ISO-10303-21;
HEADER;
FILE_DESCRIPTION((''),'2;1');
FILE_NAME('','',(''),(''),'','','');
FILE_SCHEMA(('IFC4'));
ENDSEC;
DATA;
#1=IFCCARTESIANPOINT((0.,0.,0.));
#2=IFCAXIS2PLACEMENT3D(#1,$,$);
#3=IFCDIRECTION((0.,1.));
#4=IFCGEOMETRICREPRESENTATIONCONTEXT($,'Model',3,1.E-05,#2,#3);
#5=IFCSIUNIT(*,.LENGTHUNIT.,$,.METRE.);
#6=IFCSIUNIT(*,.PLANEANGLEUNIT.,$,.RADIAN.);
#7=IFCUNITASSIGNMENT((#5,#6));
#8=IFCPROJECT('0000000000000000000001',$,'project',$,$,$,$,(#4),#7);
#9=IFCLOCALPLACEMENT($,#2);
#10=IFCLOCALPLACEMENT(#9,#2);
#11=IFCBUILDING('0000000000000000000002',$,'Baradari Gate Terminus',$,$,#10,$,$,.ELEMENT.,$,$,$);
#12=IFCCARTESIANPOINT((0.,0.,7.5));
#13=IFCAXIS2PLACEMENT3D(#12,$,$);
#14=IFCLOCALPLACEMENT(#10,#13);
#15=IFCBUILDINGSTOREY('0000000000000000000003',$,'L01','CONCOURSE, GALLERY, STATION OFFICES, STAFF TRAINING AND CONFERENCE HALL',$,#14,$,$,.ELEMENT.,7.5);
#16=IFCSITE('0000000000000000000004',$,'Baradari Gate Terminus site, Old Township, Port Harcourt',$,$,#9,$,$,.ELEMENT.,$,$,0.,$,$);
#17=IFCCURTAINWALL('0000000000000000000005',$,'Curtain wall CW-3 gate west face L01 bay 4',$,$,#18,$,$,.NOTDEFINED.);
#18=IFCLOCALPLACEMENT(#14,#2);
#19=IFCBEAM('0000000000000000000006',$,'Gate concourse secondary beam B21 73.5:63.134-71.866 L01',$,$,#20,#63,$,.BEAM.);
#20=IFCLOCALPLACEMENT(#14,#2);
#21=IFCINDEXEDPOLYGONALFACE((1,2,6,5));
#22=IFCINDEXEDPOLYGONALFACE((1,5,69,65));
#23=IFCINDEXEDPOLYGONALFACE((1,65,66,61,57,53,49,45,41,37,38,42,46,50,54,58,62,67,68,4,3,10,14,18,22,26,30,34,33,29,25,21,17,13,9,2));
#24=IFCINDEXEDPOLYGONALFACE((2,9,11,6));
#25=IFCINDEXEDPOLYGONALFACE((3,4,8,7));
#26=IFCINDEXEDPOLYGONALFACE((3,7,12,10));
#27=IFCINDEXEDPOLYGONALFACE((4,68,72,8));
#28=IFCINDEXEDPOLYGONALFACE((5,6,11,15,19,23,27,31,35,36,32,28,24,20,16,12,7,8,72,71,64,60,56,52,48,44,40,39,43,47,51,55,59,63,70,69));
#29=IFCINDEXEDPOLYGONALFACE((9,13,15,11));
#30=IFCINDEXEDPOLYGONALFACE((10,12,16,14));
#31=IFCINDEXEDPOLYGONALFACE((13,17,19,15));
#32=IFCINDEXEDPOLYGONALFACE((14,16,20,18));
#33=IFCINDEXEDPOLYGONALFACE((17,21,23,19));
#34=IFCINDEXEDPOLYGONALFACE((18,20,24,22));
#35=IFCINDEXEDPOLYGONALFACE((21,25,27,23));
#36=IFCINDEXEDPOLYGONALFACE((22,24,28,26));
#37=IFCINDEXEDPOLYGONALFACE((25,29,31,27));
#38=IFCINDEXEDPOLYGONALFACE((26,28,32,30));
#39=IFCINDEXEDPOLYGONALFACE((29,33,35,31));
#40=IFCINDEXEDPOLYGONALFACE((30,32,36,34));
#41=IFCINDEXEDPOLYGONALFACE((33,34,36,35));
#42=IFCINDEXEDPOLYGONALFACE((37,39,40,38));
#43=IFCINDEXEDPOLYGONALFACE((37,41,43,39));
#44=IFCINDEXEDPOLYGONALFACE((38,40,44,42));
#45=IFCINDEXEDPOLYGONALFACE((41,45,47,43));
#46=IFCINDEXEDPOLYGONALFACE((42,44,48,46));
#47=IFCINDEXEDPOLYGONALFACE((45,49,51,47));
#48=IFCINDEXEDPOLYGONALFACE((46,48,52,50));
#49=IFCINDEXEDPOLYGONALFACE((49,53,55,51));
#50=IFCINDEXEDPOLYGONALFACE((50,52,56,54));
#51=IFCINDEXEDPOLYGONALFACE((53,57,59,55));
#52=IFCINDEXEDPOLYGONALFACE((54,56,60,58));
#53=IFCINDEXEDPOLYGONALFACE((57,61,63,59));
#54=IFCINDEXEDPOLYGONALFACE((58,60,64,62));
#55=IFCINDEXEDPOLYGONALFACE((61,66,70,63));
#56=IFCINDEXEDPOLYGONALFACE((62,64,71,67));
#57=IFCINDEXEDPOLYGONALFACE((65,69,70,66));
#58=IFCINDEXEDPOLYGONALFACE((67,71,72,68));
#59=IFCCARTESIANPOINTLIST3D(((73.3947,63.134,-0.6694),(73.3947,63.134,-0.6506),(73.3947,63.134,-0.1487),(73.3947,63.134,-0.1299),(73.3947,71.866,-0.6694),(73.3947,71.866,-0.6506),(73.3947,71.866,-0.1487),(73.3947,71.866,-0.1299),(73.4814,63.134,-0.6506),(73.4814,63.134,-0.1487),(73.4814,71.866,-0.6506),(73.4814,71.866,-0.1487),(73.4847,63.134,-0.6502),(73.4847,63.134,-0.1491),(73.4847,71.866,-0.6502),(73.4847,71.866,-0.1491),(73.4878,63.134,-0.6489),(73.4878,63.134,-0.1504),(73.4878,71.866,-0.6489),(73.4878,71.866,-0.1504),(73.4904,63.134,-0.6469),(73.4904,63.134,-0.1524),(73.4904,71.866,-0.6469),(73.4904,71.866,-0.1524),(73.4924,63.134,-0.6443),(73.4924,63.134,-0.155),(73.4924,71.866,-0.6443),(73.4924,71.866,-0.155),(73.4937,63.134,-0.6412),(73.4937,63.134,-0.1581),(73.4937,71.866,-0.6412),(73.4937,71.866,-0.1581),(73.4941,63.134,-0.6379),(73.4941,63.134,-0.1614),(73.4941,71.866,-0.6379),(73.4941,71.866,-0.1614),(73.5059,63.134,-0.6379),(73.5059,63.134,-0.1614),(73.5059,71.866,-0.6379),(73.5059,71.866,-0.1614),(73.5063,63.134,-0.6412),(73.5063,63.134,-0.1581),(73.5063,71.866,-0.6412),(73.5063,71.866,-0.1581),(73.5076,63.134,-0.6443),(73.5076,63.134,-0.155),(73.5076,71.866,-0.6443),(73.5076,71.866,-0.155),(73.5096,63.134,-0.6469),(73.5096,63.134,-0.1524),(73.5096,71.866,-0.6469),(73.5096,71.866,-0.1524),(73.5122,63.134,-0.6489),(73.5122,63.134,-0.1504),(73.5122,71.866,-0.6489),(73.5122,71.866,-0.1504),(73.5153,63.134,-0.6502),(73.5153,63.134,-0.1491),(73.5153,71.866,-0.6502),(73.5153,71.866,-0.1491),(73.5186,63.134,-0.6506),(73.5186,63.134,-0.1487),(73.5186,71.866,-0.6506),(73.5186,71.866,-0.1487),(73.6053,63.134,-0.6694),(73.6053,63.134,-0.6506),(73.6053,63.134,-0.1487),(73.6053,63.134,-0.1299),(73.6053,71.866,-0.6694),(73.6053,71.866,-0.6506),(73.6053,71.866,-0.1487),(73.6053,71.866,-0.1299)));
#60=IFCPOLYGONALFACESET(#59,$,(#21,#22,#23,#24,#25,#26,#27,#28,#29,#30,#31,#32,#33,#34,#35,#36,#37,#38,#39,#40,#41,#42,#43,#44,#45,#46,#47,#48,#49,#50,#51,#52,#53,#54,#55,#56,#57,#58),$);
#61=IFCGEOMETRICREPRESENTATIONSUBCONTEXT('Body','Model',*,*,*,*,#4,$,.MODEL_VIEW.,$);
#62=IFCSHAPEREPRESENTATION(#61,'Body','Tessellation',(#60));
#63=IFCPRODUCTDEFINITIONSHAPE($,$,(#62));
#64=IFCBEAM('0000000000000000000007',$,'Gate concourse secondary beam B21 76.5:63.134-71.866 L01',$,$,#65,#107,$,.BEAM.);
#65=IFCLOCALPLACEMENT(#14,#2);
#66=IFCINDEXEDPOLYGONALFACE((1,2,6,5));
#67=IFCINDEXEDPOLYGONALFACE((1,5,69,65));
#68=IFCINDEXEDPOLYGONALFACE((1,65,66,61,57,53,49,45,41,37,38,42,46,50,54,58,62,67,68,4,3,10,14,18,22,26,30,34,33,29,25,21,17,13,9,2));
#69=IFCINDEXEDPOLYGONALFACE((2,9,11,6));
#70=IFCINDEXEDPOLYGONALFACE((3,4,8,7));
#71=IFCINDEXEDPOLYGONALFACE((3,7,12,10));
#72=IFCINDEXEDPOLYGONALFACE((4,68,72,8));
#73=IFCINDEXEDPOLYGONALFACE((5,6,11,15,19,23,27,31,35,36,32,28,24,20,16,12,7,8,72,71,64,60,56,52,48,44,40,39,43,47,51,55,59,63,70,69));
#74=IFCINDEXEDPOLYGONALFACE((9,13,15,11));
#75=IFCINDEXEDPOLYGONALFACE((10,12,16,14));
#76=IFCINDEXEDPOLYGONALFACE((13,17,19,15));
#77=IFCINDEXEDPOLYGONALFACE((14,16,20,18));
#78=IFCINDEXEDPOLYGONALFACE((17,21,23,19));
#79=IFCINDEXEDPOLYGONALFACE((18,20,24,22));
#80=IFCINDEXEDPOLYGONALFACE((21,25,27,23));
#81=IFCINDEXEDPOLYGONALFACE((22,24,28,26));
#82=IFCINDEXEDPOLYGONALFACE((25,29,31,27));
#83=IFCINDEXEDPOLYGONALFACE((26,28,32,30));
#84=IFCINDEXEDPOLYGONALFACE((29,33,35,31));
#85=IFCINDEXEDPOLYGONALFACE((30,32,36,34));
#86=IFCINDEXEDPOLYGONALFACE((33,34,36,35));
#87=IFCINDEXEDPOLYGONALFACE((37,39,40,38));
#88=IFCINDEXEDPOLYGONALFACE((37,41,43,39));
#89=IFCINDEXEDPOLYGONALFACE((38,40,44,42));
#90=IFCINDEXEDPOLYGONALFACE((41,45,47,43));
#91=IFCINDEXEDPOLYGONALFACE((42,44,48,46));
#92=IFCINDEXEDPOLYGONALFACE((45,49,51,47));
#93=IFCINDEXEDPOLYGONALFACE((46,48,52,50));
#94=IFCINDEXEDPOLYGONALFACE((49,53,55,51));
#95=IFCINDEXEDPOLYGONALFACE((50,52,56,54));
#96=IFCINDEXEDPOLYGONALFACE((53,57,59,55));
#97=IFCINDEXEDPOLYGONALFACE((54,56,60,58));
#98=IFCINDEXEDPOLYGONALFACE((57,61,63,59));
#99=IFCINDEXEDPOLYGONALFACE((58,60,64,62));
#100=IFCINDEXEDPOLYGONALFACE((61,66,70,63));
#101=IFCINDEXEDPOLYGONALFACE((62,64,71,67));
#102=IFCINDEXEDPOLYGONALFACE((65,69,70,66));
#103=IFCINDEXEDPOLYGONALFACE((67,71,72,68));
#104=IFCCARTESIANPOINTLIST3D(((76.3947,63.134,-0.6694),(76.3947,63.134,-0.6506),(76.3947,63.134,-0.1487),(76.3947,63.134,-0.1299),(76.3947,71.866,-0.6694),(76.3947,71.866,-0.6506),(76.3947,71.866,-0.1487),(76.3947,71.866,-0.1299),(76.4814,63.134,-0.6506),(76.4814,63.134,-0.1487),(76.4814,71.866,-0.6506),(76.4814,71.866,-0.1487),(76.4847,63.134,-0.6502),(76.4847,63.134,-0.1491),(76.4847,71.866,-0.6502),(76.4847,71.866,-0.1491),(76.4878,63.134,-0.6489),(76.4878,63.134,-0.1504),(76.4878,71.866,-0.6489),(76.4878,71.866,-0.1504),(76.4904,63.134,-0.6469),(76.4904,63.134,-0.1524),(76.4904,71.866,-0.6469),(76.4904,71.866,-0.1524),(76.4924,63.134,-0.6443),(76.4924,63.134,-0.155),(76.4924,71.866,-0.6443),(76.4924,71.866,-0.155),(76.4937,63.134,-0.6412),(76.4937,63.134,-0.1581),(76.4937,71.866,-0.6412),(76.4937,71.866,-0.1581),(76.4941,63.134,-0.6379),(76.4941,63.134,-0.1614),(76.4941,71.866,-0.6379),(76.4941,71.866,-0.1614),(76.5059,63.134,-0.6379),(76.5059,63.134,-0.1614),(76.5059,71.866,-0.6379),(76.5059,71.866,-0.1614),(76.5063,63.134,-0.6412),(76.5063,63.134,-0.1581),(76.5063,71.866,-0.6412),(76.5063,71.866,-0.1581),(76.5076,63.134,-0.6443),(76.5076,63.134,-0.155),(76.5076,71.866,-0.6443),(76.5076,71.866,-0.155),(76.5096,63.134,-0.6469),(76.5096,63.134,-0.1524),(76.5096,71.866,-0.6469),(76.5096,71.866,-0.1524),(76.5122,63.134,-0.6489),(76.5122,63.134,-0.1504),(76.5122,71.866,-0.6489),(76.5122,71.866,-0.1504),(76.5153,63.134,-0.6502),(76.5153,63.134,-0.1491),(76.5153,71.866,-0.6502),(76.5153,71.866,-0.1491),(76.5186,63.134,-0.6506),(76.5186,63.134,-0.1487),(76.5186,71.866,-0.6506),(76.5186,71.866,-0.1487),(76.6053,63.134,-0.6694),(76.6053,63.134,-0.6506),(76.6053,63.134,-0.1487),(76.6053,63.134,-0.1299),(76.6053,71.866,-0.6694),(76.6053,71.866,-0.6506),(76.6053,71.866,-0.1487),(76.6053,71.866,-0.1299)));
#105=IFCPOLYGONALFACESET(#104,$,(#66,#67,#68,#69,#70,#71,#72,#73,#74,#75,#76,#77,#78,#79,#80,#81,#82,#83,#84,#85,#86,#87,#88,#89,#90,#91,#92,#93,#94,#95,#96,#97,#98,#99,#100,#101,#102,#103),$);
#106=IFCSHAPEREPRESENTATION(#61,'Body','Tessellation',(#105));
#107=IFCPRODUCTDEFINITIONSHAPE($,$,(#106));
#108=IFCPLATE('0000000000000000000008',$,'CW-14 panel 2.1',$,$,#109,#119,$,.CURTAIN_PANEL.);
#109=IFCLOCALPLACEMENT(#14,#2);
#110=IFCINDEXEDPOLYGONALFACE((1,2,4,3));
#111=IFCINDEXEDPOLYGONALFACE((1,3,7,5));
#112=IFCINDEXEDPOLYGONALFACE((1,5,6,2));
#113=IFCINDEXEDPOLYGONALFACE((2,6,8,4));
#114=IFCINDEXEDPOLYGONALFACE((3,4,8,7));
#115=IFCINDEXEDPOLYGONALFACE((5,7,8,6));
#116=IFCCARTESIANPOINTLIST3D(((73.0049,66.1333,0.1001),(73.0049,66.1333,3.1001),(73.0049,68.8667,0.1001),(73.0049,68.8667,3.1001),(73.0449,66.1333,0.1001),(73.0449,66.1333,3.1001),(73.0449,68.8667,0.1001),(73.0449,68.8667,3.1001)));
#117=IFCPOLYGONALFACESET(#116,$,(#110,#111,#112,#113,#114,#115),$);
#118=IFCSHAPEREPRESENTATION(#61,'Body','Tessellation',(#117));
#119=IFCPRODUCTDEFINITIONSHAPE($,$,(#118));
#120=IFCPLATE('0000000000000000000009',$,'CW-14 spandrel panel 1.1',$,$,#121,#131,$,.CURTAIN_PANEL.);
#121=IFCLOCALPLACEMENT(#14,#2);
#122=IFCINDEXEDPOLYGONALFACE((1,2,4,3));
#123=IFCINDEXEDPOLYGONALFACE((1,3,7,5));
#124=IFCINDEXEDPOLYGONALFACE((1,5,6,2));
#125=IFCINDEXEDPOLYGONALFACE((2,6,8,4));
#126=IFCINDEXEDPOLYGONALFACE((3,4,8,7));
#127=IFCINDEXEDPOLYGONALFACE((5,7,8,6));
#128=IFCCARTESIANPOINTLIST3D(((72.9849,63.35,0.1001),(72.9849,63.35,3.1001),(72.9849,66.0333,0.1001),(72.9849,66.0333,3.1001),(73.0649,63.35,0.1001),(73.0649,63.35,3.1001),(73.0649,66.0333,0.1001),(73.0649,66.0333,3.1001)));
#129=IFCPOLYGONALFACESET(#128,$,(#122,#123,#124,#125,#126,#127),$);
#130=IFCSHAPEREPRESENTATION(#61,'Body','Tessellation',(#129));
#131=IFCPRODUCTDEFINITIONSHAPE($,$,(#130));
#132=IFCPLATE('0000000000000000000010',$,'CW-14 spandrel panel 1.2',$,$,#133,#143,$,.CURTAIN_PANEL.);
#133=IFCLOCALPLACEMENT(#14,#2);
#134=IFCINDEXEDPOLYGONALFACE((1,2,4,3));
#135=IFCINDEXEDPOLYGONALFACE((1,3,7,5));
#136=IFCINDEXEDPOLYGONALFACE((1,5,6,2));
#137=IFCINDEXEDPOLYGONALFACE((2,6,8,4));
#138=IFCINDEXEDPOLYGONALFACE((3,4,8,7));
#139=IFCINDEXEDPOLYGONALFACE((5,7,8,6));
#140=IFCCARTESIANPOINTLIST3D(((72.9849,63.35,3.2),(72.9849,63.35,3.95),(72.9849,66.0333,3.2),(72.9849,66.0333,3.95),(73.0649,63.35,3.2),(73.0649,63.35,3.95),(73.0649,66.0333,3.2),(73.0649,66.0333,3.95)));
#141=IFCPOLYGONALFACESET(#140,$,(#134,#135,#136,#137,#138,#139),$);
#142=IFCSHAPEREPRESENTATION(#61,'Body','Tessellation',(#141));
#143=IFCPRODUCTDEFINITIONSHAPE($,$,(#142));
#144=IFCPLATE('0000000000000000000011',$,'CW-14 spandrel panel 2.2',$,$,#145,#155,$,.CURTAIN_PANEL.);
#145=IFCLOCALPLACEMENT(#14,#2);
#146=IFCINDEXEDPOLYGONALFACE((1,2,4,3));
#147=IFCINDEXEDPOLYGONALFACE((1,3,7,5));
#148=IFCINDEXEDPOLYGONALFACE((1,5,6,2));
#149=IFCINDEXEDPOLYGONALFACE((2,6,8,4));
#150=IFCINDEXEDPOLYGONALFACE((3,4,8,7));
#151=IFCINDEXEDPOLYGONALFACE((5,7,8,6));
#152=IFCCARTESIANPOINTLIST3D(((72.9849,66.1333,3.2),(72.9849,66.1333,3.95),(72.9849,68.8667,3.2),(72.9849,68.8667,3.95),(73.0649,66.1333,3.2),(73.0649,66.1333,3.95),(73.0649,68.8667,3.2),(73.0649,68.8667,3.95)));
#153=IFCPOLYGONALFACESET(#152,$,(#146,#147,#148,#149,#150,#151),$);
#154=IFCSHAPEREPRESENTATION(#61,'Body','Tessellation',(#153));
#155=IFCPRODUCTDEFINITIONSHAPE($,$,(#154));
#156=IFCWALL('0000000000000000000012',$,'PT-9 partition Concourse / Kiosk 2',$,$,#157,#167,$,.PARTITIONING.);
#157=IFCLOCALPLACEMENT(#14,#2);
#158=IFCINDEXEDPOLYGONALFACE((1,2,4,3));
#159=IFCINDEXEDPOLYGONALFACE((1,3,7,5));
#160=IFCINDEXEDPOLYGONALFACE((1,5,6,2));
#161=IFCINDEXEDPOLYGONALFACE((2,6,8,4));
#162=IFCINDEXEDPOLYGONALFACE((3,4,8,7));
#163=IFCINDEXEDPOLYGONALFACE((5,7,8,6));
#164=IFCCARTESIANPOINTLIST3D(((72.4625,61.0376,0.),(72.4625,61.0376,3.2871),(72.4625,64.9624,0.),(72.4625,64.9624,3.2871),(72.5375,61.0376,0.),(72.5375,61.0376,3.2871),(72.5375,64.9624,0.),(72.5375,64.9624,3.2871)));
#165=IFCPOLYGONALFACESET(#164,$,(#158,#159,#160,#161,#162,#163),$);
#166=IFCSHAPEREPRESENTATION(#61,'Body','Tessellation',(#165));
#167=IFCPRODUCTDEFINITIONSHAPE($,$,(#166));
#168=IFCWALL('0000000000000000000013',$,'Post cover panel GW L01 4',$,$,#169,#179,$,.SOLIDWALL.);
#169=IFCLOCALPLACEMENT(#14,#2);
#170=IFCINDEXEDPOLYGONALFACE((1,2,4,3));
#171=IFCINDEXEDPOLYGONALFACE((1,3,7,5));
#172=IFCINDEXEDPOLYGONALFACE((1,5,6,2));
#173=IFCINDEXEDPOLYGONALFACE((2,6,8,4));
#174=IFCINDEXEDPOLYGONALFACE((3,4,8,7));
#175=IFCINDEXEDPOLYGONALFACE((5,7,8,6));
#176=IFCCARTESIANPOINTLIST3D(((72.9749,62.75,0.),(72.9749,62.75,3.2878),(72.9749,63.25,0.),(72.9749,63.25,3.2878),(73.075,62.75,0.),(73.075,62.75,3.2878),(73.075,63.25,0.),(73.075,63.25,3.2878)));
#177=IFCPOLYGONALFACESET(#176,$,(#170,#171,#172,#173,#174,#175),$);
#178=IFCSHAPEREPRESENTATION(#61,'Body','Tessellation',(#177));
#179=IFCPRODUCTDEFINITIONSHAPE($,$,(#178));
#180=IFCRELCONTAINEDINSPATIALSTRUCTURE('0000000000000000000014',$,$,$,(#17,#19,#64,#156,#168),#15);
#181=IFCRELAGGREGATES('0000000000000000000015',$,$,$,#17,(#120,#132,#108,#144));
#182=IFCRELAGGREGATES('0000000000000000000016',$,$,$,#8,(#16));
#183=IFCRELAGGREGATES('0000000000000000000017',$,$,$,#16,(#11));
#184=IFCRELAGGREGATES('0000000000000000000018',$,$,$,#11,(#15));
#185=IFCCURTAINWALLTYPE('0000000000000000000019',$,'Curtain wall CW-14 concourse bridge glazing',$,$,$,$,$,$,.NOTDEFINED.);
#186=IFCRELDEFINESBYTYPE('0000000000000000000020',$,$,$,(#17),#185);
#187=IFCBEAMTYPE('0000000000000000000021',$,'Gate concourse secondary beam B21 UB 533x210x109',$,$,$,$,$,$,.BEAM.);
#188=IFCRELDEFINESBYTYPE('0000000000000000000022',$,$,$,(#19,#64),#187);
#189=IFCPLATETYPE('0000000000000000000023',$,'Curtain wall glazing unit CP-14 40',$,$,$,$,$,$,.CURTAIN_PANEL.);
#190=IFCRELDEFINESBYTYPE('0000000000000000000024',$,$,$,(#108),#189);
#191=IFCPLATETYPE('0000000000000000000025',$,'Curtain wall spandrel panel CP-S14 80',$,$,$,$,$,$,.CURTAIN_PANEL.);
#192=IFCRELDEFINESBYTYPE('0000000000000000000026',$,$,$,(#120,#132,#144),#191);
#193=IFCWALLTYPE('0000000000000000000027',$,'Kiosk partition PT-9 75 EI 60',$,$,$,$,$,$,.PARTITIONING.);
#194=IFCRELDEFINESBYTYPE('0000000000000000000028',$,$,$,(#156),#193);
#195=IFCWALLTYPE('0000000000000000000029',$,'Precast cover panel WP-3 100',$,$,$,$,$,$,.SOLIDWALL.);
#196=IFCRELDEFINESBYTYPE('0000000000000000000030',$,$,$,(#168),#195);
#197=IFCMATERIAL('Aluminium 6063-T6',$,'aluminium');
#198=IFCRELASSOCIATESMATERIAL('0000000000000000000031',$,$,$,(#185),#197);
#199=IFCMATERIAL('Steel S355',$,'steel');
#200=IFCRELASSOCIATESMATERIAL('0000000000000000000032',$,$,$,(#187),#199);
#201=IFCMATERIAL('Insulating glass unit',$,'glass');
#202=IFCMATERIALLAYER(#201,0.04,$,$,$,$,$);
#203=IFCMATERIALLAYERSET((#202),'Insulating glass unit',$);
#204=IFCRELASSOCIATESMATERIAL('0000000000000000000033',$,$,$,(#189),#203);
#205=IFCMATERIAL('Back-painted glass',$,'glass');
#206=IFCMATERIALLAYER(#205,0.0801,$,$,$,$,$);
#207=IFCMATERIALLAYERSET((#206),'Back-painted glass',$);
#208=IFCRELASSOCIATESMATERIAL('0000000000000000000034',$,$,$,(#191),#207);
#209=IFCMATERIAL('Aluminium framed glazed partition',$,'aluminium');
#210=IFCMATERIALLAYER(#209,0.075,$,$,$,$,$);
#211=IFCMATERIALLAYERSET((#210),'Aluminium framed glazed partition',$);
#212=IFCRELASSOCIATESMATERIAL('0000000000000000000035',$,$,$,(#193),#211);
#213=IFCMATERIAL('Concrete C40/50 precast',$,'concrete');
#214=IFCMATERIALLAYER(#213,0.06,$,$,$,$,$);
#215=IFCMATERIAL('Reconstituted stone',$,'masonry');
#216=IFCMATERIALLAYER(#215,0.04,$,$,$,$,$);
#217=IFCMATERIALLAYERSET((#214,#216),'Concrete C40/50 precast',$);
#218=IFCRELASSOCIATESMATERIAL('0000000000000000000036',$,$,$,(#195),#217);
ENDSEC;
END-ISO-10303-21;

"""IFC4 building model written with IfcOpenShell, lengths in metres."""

from ifc_helpers import new_model, si_unit, direction, frame, frame_2d, origin, origin_2d, place, context, subcontext, project, spatial, rectangle, i_section, extrude, material, layer, layer_set, material_profile, profile_set, type_object, element, aggregate, save


model = new_model("IFC4")

# Units and contexts
model_context = context("Model", 3, precision=1e-05, world=origin(), true_north=direction((0.0, 1.0)))
body_context = subcontext(model_context, "Body", "Model", "MODEL_VIEW")
ifc_project = project(units=[si_unit("LENGTHUNIT", "METRE"), si_unit("PLANEANGLEUNIT", "RADIAN")], contexts=[model_context])

# Site, building, storey
site_placement = place(None, origin())
site = spatial("IfcSite", under=ifc_project, at=site_placement, Name="Baradari Gate Terminus site, Old Township, Port Harcourt", CompositionType="ELEMENT", RefElevation=0.0)
building_placement = place(site_placement, origin())
building = spatial("IfcBuilding", under=site, at=building_placement, Name="Baradari Gate Terminus", CompositionType="ELEMENT")
storey_placement = place(building_placement, frame((0.0, 0.0, 7.5)))
storey = spatial("IfcBuildingStorey", under=building, at=storey_placement, Name="L01", Description="CONCOURSE, GALLERY, STATION OFFICES, STAFF TRAINING AND CONFERENCE HALL", CompositionType="ELEMENT", Elevation=7.5)

# Shared definitions
ifc_material_1 = material(Name="Aluminium 6063-T6", Category="aluminium")
curtain_wall_type = type_object("IfcCurtainWallType", Name="Curtain wall CW-14 concourse bridge glazing", PredefinedType="NOTDEFINED", material=ifc_material_1)

# Curtain wall
curtain_wall_1_placement = place(storey_placement, origin())
curtain_wall_1 = element("IfcCurtainWall", 1, at=curtain_wall_1_placement, inside=storey, type_object=curtain_wall_type, Name="Curtain wall CW-3 gate west face L01 bay 4", PredefinedType="NOTDEFINED")

# Beams
ifc_material_2 = material(Name="Steel S355", Category="steel")
ifc_material_profile_1 = material_profile(ifc_material_2, i_section(OverallWidth=0.2107, OverallDepth=0.5396, WebThickness=0.0117, FlangeThickness=0.0188, FilletRadius=0.0127, at=origin_2d()), Name="UB 533x210x109")
ifc_profile_set_1 = profile_set([ifc_material_profile_1], Name="Steel S355")
beam_type_1 = type_object("IfcBeamType", Name="Gate concourse secondary beam B21 UB 533x210x109", PredefinedType="BEAM", material=ifc_profile_set_1)
for number, where, z_axis, x_axis, name in (
    (2, (73.5, 63.134, -0.3997), (0.0, 1.0, 0.0), (-1.0, 0.0, 0.0), "Gate concourse secondary beam B21 73.5:63.134-71.866 L01"),
    (3, (76.5, 63.134, -0.3997), (0.0, 1.0, 0.0), (-1.0, 0.0, 0.0), "Gate concourse secondary beam B21 76.5:63.134-71.866 L01"),
):
    element("IfcBeam", number, at=place(storey_placement, frame(where, z_axis=z_axis, x_axis=x_axis)), inside=storey, type_object=beam_type_1, Name=name, PredefinedType="BEAM", context=body_context, shape_type="SweptSolid", body=[
        extrude(i_section(OverallWidth=0.2107, OverallDepth=0.5396, WebThickness=0.0117, FlangeThickness=0.0188, FilletRadius=0.0127, at=origin_2d()), origin(), (0.0, 0.0, 1.0), 8.7319),
    ])

# Plates
ifc_material_3 = material(Name="Insulating glass unit", Category="glass")
ifc_layer_1 = layer(ifc_material_3, 0.04)
ifc_layer_set_1 = layer_set([ifc_layer_1], Name="Insulating glass unit")
plate_type_1 = type_object("IfcPlateType", Name="Curtain wall glazing unit CP-14 40", PredefinedType="CURTAIN_PANEL", material=ifc_layer_set_1)
plate_1_placement = place(storey_placement, frame((73.0249, 67.5, 0.1001), z_axis=(0.0, 0.0, 1.0), x_axis=(0.0, 1.0, 0.0)))
plate_1 = element("IfcPlate", 4, at=plate_1_placement, type_object=plate_type_1, Name="CW-14 panel 2.1", PredefinedType="CURTAIN_PANEL", context=body_context, shape_type="SweptSolid", body=[
    extrude(rectangle(XDim=2.7334, YDim=0.04, at=origin_2d()), origin(), (0.0, 0.0, 1.0), 3.0),
])
ifc_material_4 = material(Name="Back-painted glass", Category="glass")
ifc_layer_2 = layer(ifc_material_4, 0.0801)
ifc_layer_set_2 = layer_set([ifc_layer_2], Name="Back-painted glass")
plate_type_2 = type_object("IfcPlateType", Name="Curtain wall spandrel panel CP-S14 80", PredefinedType="CURTAIN_PANEL", material=ifc_layer_set_2)
plate_2_placement = place(storey_placement, frame((73.0249, 64.6917, 0.1001), z_axis=(0.0, 0.0, 1.0), x_axis=(0.0, 1.0, 0.0)))
plate_2 = element("IfcPlate", 5, at=plate_2_placement, type_object=plate_type_2, Name="CW-14 spandrel panel 1.1", PredefinedType="CURTAIN_PANEL", context=body_context, shape_type="SweptSolid", body=[
    extrude(rectangle(XDim=2.6833, YDim=0.0801, at=origin_2d()), origin(), (0.0, 0.0, 1.0), 3.0),
])
plate_3_placement = place(storey_placement, frame((73.0249, 64.6917, 3.2), z_axis=(0.0, 0.0, 1.0), x_axis=(0.0, 1.0, 0.0)))
plate_3 = element("IfcPlate", 6, at=plate_3_placement, type_object=plate_type_2, Name="CW-14 spandrel panel 1.2", PredefinedType="CURTAIN_PANEL", context=body_context, shape_type="SweptSolid", body=[
    extrude(rectangle(XDim=2.6833, YDim=0.0801, at=origin_2d()), origin(), (0.0, 0.0, 1.0), 0.75),
])
plate_4_placement = place(storey_placement, frame((73.0249, 67.5, 3.2), z_axis=(0.0, 0.0, 1.0), x_axis=(0.0, 1.0, 0.0)))
plate_4 = element("IfcPlate", 7, at=plate_4_placement, type_object=plate_type_2, Name="CW-14 spandrel panel 2.2", PredefinedType="CURTAIN_PANEL", context=body_context, shape_type="SweptSolid", body=[
    extrude(rectangle(XDim=2.7334, YDim=0.0801, at=origin_2d()), origin(), (0.0, 0.0, 1.0), 0.75),
])
aggregate(curtain_wall_1, [plate_2, plate_3, plate_1, plate_4])

# Walls
ifc_material_5 = material(Name="Aluminium framed glazed partition", Category="aluminium")
ifc_layer_3 = layer(ifc_material_5, 0.075)
ifc_layer_set_3 = layer_set([ifc_layer_3], Name="Aluminium framed glazed partition")
wall_type_1 = type_object("IfcWallType", Name="Kiosk partition PT-9 75 EI 60", PredefinedType="PARTITIONING", material=ifc_layer_set_3)
wall_1_placement = place(storey_placement, frame((72.5, 64.9624, 0.0), z_axis=(0.0, 0.0, 1.0), x_axis=(0.0, -1.0, 0.0)))
element("IfcWall", 8, at=wall_1_placement, inside=storey, type_object=wall_type_1, Name="PT-9 partition Concourse / Kiosk 2", PredefinedType="PARTITIONING", context=body_context, shape_type="SweptSolid", body=[
    extrude(rectangle(XDim=3.9248, YDim=0.075, at=frame_2d((1.9624, 0.0))), origin(), (0.0, 0.0, 1.0), 3.2871),
])
ifc_material_6 = material(Name="Concrete C40/50 precast", Category="concrete")
ifc_layer_4 = layer(ifc_material_6, 0.06)
ifc_material_7 = material(Name="Reconstituted stone", Category="masonry")
ifc_layer_5 = layer(ifc_material_7, 0.04)
ifc_layer_set_4 = layer_set([ifc_layer_4, ifc_layer_5], Name="Concrete C40/50 precast")
wall_type_2 = type_object("IfcWallType", Name="Precast cover panel WP-3 100", PredefinedType="SOLIDWALL", material=ifc_layer_set_4)
wall_2_placement = place(storey_placement, frame((73.0249, 62.75, 0.0), z_axis=(0.0, 0.0, 1.0), x_axis=(0.0, 1.0, 0.0)))
element("IfcWall", 9, at=wall_2_placement, inside=storey, type_object=wall_type_2, Name="Post cover panel GW L01 4", PredefinedType="SOLIDWALL", context=body_context, shape_type="SweptSolid", body=[
    extrude(rectangle(XDim=0.5, YDim=0.1001, at=frame_2d((0.25, 0.0))), origin(), (0.0, 0.0, 1.0), 3.2878),
])

save(model, "model.ifc")
